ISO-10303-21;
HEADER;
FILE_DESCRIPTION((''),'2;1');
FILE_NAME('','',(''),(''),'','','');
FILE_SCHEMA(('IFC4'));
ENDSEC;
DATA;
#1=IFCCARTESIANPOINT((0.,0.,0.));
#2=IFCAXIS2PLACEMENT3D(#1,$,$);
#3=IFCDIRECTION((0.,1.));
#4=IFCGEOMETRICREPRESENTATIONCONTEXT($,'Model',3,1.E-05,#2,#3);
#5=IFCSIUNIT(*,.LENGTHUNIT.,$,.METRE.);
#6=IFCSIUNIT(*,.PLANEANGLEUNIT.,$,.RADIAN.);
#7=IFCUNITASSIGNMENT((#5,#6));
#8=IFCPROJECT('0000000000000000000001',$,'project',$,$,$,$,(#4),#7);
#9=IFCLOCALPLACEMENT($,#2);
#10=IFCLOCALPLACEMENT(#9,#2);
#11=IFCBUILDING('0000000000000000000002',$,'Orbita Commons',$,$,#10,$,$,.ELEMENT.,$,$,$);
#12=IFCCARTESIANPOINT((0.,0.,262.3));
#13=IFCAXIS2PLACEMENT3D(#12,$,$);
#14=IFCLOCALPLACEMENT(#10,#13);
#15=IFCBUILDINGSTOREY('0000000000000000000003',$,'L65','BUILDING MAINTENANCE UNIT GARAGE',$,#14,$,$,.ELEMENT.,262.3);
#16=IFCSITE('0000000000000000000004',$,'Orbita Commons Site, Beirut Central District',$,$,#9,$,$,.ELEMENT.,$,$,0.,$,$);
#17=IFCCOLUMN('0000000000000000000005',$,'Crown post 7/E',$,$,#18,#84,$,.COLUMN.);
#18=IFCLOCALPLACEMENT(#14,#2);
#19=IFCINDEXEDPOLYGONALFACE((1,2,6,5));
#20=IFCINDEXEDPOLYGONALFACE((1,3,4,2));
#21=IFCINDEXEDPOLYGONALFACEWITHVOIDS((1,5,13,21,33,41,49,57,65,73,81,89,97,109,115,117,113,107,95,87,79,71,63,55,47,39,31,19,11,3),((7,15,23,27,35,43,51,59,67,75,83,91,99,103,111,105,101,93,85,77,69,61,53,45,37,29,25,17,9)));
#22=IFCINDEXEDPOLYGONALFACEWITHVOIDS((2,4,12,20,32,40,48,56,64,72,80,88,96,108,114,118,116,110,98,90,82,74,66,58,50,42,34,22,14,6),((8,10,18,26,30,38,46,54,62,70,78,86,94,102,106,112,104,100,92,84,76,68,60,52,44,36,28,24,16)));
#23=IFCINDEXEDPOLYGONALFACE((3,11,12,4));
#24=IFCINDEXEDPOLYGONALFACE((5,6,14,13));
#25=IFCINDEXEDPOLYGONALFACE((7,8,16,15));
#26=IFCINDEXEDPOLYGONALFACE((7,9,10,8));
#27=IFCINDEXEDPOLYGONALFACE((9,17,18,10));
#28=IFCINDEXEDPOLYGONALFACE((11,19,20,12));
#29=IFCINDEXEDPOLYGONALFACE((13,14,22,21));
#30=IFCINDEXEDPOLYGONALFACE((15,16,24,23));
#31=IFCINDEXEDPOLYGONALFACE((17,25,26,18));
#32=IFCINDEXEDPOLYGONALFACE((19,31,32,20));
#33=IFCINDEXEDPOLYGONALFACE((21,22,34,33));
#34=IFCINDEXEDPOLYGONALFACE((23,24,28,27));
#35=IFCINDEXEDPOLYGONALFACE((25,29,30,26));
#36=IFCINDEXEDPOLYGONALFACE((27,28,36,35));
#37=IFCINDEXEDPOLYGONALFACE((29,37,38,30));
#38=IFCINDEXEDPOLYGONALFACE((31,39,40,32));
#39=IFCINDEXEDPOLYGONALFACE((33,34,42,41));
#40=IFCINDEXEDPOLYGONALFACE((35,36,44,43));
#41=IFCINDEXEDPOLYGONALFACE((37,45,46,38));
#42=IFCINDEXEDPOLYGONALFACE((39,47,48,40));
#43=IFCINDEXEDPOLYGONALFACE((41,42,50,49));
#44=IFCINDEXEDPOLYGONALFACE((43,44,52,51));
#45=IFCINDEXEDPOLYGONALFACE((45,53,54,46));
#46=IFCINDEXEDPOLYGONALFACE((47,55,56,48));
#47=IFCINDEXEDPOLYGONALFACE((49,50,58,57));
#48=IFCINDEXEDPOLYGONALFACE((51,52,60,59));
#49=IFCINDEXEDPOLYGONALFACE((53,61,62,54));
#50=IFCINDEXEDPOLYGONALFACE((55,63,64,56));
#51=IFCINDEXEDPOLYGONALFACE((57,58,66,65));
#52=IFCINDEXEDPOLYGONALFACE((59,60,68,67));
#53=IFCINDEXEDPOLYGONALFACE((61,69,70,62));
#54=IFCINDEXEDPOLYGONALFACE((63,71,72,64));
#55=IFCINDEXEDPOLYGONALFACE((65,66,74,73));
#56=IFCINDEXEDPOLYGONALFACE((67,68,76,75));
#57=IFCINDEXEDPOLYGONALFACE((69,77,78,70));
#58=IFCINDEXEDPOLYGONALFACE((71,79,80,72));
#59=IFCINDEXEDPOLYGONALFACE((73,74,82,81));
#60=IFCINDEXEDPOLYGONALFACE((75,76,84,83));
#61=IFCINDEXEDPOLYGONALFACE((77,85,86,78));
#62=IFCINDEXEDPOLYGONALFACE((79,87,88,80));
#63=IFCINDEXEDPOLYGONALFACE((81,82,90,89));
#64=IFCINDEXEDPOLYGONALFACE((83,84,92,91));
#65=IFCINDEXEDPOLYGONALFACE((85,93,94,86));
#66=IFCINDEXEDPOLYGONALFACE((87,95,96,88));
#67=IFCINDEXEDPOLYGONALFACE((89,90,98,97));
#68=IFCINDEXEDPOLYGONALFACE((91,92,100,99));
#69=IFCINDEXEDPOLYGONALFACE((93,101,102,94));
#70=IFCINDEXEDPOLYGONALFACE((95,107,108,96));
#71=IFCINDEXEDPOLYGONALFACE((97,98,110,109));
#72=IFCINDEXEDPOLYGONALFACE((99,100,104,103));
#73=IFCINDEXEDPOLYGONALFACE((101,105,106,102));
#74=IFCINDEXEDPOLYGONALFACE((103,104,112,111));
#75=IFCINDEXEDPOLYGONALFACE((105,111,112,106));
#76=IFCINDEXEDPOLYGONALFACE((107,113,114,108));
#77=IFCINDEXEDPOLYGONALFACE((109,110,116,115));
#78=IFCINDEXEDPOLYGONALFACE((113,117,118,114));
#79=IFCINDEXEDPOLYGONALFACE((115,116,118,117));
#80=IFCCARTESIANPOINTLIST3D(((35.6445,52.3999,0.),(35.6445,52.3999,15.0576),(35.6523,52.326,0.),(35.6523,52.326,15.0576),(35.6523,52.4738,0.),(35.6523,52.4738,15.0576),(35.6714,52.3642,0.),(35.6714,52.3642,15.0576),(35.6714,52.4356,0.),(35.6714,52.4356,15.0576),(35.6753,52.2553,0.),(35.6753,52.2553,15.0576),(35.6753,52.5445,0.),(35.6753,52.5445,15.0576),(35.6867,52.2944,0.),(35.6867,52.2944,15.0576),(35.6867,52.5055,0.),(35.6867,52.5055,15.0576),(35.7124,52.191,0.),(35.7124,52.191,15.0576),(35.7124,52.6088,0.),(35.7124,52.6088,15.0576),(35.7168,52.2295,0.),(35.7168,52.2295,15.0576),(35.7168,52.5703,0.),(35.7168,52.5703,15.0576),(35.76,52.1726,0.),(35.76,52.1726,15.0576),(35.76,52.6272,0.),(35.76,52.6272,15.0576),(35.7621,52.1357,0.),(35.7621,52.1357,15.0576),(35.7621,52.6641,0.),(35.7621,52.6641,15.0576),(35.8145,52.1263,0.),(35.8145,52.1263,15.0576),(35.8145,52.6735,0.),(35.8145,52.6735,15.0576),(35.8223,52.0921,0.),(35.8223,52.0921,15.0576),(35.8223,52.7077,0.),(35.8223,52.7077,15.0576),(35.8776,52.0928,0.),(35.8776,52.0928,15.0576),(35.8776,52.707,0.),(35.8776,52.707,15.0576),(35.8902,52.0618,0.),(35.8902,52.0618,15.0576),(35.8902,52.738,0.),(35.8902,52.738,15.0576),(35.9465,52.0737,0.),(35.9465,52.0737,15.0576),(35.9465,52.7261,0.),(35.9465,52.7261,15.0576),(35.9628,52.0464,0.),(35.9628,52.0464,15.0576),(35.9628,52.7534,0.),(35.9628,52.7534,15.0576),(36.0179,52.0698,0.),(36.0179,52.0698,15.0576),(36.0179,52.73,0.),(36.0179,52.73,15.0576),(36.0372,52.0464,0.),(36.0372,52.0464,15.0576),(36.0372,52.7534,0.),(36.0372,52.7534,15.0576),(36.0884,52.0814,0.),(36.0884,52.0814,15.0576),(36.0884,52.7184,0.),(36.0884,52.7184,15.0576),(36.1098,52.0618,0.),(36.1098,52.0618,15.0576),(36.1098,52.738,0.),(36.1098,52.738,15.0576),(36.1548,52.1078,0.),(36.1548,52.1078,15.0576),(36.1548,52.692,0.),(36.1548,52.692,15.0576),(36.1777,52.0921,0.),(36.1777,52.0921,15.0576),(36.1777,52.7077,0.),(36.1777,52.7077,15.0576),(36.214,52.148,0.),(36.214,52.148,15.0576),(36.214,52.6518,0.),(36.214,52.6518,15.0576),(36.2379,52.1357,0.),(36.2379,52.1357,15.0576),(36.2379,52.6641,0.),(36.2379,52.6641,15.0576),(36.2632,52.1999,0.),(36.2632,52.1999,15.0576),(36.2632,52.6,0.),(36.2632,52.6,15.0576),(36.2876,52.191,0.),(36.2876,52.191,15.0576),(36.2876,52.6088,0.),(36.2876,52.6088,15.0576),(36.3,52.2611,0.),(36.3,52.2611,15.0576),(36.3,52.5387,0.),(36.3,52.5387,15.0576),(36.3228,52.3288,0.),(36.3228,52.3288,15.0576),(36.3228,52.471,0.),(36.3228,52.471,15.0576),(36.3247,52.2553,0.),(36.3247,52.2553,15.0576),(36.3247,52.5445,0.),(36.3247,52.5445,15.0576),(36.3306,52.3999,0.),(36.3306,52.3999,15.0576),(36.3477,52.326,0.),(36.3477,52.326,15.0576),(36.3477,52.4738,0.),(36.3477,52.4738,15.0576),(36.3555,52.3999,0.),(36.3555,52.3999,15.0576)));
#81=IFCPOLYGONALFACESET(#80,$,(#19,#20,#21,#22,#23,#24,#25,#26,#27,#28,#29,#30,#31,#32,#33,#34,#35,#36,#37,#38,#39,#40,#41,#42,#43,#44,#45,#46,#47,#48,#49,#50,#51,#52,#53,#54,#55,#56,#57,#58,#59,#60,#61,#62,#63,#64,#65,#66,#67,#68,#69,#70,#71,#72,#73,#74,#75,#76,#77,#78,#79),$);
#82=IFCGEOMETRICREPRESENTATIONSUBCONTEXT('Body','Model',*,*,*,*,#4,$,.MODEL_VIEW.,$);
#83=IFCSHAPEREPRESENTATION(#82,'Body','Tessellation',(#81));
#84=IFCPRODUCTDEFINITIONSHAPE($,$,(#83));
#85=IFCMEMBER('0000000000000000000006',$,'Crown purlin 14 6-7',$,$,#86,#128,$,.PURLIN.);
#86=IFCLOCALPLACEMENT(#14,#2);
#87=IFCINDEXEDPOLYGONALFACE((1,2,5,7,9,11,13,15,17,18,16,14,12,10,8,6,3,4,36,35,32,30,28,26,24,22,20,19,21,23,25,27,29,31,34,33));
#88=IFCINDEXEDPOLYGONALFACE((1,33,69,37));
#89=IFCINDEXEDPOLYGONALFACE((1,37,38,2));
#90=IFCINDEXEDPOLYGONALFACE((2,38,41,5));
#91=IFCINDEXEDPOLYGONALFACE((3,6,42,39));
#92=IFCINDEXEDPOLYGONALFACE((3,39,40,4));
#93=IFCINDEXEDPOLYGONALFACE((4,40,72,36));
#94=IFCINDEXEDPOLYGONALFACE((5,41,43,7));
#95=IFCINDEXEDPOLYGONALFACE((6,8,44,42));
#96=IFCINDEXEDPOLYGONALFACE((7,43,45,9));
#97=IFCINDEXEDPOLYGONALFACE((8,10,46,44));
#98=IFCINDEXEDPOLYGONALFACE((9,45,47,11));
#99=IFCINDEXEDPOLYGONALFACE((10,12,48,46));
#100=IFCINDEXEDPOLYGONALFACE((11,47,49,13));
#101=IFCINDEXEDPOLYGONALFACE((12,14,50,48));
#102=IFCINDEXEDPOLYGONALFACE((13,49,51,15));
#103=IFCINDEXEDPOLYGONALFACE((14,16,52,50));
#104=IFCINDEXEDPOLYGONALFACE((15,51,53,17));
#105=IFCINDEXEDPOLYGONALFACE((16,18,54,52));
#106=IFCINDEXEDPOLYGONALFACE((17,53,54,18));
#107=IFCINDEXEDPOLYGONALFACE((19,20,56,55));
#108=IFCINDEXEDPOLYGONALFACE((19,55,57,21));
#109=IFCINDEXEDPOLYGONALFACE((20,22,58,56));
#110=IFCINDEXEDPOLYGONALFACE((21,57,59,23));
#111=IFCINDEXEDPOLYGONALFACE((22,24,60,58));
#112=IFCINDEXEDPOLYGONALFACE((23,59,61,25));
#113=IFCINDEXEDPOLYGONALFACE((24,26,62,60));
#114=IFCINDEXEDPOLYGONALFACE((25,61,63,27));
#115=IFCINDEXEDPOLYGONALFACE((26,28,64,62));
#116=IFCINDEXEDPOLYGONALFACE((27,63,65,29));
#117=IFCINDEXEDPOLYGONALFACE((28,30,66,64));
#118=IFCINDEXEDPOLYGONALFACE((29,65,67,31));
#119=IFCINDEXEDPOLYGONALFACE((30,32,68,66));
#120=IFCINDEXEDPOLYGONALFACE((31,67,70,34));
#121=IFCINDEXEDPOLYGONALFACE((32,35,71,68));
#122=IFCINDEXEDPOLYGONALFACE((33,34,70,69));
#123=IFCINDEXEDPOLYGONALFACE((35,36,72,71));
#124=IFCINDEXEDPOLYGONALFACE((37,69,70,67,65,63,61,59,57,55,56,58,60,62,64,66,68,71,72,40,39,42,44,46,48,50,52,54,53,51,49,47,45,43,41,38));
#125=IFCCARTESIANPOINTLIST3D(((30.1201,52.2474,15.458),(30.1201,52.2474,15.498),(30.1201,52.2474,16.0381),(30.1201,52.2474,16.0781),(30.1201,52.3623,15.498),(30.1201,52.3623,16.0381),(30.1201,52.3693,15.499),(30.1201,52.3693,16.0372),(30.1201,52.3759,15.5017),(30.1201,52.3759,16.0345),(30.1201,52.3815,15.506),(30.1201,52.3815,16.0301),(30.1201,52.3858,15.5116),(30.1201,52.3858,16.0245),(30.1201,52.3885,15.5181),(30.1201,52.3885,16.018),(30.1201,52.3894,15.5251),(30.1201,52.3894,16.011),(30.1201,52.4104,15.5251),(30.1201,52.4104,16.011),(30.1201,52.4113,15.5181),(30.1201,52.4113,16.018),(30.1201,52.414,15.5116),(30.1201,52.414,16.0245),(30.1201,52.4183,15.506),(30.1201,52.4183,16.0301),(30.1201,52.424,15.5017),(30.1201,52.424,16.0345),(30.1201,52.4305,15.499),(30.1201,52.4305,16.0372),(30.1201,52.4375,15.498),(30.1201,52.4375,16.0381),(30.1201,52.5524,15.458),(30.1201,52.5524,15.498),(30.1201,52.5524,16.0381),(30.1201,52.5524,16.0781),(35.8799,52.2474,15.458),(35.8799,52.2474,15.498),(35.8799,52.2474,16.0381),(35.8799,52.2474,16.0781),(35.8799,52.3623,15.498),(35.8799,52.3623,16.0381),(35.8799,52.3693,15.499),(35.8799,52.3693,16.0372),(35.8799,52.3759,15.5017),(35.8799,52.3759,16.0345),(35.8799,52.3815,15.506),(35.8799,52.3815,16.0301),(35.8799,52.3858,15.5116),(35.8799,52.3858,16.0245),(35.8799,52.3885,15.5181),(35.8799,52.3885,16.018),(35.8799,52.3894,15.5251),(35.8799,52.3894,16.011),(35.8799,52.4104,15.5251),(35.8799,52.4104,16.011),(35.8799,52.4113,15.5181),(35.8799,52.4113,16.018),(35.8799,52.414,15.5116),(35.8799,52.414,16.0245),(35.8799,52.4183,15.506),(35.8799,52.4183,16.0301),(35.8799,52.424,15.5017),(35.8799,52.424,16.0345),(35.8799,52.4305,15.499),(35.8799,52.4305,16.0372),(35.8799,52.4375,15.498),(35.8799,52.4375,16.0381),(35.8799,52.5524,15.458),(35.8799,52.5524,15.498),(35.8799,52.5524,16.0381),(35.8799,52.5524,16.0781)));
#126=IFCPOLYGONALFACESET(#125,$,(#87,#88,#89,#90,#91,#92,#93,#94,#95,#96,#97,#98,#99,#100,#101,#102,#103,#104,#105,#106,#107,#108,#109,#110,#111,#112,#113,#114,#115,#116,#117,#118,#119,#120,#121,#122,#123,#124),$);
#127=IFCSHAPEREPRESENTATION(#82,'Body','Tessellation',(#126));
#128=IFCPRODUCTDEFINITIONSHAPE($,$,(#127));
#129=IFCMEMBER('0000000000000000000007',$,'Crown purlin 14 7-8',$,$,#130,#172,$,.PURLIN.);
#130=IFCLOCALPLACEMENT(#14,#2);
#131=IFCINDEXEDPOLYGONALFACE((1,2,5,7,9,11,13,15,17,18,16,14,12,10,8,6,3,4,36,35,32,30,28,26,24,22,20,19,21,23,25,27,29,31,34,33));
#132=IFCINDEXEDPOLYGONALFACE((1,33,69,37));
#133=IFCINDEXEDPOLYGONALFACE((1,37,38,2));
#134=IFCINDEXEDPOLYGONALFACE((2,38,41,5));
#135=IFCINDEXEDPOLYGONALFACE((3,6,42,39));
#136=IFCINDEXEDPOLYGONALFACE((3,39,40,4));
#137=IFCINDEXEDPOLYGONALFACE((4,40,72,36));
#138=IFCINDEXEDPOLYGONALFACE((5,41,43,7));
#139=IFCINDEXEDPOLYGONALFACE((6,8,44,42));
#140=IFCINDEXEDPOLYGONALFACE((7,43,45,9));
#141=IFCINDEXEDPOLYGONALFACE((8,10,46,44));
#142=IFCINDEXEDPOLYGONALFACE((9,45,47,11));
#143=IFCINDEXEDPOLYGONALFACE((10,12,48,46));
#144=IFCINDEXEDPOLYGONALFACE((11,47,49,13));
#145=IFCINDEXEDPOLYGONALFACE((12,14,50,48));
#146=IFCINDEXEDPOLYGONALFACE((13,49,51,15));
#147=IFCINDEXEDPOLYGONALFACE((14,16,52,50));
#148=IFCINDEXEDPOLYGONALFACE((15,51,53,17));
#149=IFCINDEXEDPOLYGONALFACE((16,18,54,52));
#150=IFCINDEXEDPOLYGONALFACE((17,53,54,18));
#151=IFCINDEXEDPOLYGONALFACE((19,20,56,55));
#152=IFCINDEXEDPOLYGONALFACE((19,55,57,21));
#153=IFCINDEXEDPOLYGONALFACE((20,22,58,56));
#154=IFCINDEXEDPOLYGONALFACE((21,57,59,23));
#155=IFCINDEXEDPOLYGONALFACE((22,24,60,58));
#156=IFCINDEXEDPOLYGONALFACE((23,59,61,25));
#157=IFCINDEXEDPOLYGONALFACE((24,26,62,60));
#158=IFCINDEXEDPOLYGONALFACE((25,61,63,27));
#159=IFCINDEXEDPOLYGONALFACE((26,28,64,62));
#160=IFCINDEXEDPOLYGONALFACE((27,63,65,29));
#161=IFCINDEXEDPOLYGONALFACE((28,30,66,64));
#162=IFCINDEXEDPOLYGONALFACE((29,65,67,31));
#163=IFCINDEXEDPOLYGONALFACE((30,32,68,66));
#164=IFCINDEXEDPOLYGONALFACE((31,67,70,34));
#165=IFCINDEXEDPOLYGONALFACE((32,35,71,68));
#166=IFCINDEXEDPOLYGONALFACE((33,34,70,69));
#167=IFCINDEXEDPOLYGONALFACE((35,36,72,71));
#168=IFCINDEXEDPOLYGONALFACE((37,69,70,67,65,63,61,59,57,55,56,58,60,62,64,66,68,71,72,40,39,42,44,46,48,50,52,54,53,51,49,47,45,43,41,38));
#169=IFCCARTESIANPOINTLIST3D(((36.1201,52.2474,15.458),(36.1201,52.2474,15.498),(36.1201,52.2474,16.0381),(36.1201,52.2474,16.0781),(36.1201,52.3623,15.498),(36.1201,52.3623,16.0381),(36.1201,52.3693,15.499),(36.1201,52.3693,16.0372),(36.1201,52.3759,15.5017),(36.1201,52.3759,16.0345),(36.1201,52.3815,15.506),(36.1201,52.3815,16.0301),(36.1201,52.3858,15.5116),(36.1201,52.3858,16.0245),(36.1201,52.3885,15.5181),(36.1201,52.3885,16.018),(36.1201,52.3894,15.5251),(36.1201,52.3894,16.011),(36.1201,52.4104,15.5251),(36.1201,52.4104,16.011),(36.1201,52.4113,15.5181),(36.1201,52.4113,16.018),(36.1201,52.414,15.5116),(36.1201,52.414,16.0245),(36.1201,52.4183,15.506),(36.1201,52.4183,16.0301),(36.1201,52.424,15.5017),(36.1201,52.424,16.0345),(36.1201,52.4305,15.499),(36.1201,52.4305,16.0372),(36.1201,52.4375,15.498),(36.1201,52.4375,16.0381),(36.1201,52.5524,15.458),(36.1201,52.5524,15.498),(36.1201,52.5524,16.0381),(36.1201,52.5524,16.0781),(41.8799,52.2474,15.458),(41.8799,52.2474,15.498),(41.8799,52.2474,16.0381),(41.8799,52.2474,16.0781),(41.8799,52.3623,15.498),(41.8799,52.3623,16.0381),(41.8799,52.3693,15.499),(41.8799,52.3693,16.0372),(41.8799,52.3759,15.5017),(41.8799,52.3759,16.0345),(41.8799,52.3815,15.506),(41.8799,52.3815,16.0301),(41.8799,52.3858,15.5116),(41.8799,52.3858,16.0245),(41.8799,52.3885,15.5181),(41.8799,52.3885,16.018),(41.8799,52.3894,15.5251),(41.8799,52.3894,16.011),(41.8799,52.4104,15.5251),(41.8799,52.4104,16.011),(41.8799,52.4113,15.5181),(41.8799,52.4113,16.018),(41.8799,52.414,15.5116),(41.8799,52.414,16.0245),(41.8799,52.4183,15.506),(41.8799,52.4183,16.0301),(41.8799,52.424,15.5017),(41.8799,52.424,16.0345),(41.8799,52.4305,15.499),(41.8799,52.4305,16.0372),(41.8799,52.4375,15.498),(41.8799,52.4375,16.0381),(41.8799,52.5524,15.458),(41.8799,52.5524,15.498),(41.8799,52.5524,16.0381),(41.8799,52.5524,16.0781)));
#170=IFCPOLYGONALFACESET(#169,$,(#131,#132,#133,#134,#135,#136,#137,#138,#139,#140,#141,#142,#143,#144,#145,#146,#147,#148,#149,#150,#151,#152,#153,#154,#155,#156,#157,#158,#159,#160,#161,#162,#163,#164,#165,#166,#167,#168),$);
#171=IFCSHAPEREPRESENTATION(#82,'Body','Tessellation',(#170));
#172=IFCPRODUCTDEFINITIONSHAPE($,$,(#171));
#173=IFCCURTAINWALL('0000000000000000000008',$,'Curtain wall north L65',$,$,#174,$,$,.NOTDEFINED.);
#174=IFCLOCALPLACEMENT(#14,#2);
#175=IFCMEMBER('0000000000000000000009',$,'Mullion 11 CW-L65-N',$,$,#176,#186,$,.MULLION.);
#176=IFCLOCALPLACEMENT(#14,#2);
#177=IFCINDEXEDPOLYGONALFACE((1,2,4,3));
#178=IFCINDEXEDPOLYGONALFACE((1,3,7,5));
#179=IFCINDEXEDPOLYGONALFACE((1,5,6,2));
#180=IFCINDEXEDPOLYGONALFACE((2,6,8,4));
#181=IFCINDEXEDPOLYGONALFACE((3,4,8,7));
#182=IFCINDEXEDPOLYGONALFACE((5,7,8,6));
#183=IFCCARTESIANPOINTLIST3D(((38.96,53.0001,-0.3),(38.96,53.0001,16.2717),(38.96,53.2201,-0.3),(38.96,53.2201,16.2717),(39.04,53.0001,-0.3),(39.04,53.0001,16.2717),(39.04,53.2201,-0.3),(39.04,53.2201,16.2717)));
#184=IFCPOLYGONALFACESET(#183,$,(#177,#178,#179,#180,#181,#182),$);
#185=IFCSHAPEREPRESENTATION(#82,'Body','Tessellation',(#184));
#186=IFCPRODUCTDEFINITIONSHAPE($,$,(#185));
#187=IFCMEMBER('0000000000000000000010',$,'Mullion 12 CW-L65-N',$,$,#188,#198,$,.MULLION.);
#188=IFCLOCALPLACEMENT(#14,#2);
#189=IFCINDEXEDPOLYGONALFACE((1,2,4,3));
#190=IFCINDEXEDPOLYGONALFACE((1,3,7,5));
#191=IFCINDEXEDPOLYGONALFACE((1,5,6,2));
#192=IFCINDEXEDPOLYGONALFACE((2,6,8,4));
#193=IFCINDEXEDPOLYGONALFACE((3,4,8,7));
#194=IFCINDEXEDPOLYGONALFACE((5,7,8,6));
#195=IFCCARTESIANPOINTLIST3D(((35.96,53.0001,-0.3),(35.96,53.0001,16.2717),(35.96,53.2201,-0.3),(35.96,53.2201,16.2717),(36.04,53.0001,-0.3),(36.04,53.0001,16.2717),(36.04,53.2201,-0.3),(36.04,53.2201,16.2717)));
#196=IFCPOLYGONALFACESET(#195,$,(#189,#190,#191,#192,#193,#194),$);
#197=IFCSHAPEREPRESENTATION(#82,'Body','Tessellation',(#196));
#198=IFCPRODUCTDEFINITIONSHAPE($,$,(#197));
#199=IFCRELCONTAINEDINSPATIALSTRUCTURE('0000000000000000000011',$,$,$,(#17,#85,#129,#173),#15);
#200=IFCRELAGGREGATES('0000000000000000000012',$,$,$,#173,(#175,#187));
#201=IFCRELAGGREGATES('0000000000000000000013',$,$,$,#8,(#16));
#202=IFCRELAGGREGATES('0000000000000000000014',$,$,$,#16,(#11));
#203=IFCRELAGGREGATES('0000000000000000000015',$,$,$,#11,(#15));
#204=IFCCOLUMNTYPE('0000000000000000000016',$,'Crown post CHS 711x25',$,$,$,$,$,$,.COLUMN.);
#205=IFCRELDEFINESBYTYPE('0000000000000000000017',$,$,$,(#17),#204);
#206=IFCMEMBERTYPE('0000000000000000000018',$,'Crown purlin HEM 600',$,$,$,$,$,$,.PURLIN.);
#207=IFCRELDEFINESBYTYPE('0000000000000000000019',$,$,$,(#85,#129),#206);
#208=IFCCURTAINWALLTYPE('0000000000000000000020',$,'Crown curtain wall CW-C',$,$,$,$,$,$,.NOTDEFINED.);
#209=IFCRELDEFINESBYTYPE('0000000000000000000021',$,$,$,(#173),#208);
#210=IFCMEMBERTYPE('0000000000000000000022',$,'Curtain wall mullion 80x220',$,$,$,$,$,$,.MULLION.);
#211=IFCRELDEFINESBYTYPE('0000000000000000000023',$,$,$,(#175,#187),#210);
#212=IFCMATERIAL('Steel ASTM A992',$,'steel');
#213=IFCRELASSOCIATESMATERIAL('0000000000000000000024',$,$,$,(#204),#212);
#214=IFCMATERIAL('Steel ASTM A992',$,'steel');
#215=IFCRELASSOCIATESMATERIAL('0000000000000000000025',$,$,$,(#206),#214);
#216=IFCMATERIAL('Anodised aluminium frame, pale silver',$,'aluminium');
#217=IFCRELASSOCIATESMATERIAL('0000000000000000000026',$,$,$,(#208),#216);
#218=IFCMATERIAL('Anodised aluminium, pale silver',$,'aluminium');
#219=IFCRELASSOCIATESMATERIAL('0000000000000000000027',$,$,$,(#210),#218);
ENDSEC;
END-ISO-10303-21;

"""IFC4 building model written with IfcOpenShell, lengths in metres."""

from ifc_helpers import new_model, si_unit, direction, frame, origin, origin_2d, place, context, subcontext, project, spatial, rectangle, hollow_circle, i_section, extrude, material, material_profile, profile_set, type_object, element, aggregate, save


model = new_model("IFC4")

# Units and contexts
model_context = context("Model", 3, precision=1e-05, world=origin(), true_north=direction((0.0, 1.0)))
body_context = subcontext(model_context, "Body", "Model", "MODEL_VIEW")
ifc_project = project(units=[si_unit("LENGTHUNIT", "METRE"), si_unit("PLANEANGLEUNIT", "RADIAN")], contexts=[model_context])

# Site, building, storey
site_placement = place(None, origin())
site = spatial("IfcSite", under=ifc_project, at=site_placement, Name="Orbita Commons Site, Beirut Central District", CompositionType="ELEMENT", RefElevation=0.0)
building_placement = place(site_placement, origin())
building = spatial("IfcBuilding", under=site, at=building_placement, Name="Orbita Commons", CompositionType="ELEMENT")
storey_placement = place(building_placement, frame((0.0, 0.0, 262.3)))
storey = spatial("IfcBuildingStorey", under=building, at=storey_placement, Name="L65", Description="BUILDING MAINTENANCE UNIT GARAGE", CompositionType="ELEMENT", Elevation=262.3)

# Column
ifc_material_1 = material(Name="Steel ASTM A992", Category="steel")
ifc_material_profile_1 = material_profile(ifc_material_1, hollow_circle(Radius=0.3555, WallThickness=0.0249, at=origin_2d()), Name="CHS 711x25")
ifc_profile_set_1 = profile_set([ifc_material_profile_1], Name="Steel ASTM A992")
column_type = type_object("IfcColumnType", Name="Crown post CHS 711x25", PredefinedType="COLUMN", material=ifc_profile_set_1)
column_placement = place(storey_placement, frame((36.0, 52.3999, 0.0), z_axis=(0.0, 0.0, 1.0), x_axis=(1.0, 0.0, 0.0)))
element("IfcColumn", 1, at=column_placement, inside=storey, type_object=column_type, Name="Crown post 7/E", PredefinedType="COLUMN", context=body_context, shape_type="SweptSolid", body=[
    extrude(hollow_circle(Radius=0.3555, WallThickness=0.0249, at=origin_2d()), origin(), (0.0, 0.0, 1.0), 15.0576),
])

# Members
ifc_material_2 = material(Name="Steel ASTM A992", Category="steel")
ifc_material_profile_2 = material_profile(ifc_material_2, i_section(OverallWidth=0.3049, OverallDepth=0.6201, WebThickness=0.021, FlangeThickness=0.04, FilletRadius=0.0271, at=origin_2d()), Name="HEM 600")
ifc_profile_set_2 = profile_set([ifc_material_profile_2], Name="Steel ASTM A992")
member_type_1 = type_object("IfcMemberType", Name="Crown purlin HEM 600", PredefinedType="PURLIN", material=ifc_profile_set_2)
for number, where, z_axis, x_axis, name in (
    (2, (30.1201, 52.3999, 15.7681), (1.0, 0.0, 0.0), (0.0, 1.0, 0.0), "Crown purlin 14 6-7"),
    (3, (36.1201, 52.3999, 15.7681), (1.0, 0.0, 0.0), (0.0, 1.0, 0.0), "Crown purlin 14 7-8"),
):
    element("IfcMember", number, at=place(storey_placement, frame(where, z_axis=z_axis, x_axis=x_axis)), inside=storey, type_object=member_type_1, Name=name, PredefinedType="PURLIN", context=body_context, shape_type="SweptSolid", body=[
        extrude(i_section(OverallWidth=0.3049, OverallDepth=0.6201, WebThickness=0.021, FlangeThickness=0.04, FilletRadius=0.0271, at=origin_2d()), origin(), (0.0, 0.0, 1.0), 5.7598),
    ])

# Curtain wall, members
ifc_material_3 = material(Name="Anodised aluminium frame, pale silver", Category="aluminium")
curtain_wall_type = type_object("IfcCurtainWallType", Name="Crown curtain wall CW-C", PredefinedType="NOTDEFINED", material=ifc_material_3)
curtain_wall_placement = place(storey_placement, origin())
curtain_wall = element("IfcCurtainWall", 4, at=curtain_wall_placement, inside=storey, type_object=curtain_wall_type, Name="Curtain wall north L65", PredefinedType="NOTDEFINED")
ifc_material_4 = material(Name="Anodised aluminium, pale silver", Category="aluminium")
ifc_material_profile_3 = material_profile(ifc_material_4, rectangle(XDim=0.0801, YDim=0.22, at=origin_2d()), Name="AL 80x220")
ifc_profile_set_3 = profile_set([ifc_material_profile_3], Name="Anodised aluminium, pale silver")
member_type_2 = type_object("IfcMemberType", Name="Curtain wall mullion 80x220", PredefinedType="MULLION", material=ifc_profile_set_3)
member_1_placement = place(storey_placement, frame((39.0, 53.1101, -0.3), z_axis=(0.0, 0.0, 1.0), x_axis=(-1.0, 0.0, 0.0)))
member_1 = element("IfcMember", 5, at=member_1_placement, type_object=member_type_2, Name="Mullion 11 CW-L65-N", PredefinedType="MULLION", context=body_context, shape_type="SweptSolid", body=[
    extrude(rectangle(XDim=0.0801, YDim=0.22, at=origin_2d()), origin(), (0.0, 0.0, 1.0), 16.5718),
])
member_2_placement = place(storey_placement, frame((36.0, 53.1101, -0.3), z_axis=(0.0, 0.0, 1.0), x_axis=(-1.0, 0.0, 0.0)))
member_2 = element("IfcMember", 6, at=member_2_placement, type_object=member_type_2, Name="Mullion 12 CW-L65-N", PredefinedType="MULLION", context=body_context, shape_type="SweptSolid", body=[
    extrude(rectangle(XDim=0.0801, YDim=0.22, at=origin_2d()), origin(), (0.0, 0.0, 1.0), 16.5718),
])
aggregate(curtain_wall, [member_1, member_2])

save(model, "model.ifc")
